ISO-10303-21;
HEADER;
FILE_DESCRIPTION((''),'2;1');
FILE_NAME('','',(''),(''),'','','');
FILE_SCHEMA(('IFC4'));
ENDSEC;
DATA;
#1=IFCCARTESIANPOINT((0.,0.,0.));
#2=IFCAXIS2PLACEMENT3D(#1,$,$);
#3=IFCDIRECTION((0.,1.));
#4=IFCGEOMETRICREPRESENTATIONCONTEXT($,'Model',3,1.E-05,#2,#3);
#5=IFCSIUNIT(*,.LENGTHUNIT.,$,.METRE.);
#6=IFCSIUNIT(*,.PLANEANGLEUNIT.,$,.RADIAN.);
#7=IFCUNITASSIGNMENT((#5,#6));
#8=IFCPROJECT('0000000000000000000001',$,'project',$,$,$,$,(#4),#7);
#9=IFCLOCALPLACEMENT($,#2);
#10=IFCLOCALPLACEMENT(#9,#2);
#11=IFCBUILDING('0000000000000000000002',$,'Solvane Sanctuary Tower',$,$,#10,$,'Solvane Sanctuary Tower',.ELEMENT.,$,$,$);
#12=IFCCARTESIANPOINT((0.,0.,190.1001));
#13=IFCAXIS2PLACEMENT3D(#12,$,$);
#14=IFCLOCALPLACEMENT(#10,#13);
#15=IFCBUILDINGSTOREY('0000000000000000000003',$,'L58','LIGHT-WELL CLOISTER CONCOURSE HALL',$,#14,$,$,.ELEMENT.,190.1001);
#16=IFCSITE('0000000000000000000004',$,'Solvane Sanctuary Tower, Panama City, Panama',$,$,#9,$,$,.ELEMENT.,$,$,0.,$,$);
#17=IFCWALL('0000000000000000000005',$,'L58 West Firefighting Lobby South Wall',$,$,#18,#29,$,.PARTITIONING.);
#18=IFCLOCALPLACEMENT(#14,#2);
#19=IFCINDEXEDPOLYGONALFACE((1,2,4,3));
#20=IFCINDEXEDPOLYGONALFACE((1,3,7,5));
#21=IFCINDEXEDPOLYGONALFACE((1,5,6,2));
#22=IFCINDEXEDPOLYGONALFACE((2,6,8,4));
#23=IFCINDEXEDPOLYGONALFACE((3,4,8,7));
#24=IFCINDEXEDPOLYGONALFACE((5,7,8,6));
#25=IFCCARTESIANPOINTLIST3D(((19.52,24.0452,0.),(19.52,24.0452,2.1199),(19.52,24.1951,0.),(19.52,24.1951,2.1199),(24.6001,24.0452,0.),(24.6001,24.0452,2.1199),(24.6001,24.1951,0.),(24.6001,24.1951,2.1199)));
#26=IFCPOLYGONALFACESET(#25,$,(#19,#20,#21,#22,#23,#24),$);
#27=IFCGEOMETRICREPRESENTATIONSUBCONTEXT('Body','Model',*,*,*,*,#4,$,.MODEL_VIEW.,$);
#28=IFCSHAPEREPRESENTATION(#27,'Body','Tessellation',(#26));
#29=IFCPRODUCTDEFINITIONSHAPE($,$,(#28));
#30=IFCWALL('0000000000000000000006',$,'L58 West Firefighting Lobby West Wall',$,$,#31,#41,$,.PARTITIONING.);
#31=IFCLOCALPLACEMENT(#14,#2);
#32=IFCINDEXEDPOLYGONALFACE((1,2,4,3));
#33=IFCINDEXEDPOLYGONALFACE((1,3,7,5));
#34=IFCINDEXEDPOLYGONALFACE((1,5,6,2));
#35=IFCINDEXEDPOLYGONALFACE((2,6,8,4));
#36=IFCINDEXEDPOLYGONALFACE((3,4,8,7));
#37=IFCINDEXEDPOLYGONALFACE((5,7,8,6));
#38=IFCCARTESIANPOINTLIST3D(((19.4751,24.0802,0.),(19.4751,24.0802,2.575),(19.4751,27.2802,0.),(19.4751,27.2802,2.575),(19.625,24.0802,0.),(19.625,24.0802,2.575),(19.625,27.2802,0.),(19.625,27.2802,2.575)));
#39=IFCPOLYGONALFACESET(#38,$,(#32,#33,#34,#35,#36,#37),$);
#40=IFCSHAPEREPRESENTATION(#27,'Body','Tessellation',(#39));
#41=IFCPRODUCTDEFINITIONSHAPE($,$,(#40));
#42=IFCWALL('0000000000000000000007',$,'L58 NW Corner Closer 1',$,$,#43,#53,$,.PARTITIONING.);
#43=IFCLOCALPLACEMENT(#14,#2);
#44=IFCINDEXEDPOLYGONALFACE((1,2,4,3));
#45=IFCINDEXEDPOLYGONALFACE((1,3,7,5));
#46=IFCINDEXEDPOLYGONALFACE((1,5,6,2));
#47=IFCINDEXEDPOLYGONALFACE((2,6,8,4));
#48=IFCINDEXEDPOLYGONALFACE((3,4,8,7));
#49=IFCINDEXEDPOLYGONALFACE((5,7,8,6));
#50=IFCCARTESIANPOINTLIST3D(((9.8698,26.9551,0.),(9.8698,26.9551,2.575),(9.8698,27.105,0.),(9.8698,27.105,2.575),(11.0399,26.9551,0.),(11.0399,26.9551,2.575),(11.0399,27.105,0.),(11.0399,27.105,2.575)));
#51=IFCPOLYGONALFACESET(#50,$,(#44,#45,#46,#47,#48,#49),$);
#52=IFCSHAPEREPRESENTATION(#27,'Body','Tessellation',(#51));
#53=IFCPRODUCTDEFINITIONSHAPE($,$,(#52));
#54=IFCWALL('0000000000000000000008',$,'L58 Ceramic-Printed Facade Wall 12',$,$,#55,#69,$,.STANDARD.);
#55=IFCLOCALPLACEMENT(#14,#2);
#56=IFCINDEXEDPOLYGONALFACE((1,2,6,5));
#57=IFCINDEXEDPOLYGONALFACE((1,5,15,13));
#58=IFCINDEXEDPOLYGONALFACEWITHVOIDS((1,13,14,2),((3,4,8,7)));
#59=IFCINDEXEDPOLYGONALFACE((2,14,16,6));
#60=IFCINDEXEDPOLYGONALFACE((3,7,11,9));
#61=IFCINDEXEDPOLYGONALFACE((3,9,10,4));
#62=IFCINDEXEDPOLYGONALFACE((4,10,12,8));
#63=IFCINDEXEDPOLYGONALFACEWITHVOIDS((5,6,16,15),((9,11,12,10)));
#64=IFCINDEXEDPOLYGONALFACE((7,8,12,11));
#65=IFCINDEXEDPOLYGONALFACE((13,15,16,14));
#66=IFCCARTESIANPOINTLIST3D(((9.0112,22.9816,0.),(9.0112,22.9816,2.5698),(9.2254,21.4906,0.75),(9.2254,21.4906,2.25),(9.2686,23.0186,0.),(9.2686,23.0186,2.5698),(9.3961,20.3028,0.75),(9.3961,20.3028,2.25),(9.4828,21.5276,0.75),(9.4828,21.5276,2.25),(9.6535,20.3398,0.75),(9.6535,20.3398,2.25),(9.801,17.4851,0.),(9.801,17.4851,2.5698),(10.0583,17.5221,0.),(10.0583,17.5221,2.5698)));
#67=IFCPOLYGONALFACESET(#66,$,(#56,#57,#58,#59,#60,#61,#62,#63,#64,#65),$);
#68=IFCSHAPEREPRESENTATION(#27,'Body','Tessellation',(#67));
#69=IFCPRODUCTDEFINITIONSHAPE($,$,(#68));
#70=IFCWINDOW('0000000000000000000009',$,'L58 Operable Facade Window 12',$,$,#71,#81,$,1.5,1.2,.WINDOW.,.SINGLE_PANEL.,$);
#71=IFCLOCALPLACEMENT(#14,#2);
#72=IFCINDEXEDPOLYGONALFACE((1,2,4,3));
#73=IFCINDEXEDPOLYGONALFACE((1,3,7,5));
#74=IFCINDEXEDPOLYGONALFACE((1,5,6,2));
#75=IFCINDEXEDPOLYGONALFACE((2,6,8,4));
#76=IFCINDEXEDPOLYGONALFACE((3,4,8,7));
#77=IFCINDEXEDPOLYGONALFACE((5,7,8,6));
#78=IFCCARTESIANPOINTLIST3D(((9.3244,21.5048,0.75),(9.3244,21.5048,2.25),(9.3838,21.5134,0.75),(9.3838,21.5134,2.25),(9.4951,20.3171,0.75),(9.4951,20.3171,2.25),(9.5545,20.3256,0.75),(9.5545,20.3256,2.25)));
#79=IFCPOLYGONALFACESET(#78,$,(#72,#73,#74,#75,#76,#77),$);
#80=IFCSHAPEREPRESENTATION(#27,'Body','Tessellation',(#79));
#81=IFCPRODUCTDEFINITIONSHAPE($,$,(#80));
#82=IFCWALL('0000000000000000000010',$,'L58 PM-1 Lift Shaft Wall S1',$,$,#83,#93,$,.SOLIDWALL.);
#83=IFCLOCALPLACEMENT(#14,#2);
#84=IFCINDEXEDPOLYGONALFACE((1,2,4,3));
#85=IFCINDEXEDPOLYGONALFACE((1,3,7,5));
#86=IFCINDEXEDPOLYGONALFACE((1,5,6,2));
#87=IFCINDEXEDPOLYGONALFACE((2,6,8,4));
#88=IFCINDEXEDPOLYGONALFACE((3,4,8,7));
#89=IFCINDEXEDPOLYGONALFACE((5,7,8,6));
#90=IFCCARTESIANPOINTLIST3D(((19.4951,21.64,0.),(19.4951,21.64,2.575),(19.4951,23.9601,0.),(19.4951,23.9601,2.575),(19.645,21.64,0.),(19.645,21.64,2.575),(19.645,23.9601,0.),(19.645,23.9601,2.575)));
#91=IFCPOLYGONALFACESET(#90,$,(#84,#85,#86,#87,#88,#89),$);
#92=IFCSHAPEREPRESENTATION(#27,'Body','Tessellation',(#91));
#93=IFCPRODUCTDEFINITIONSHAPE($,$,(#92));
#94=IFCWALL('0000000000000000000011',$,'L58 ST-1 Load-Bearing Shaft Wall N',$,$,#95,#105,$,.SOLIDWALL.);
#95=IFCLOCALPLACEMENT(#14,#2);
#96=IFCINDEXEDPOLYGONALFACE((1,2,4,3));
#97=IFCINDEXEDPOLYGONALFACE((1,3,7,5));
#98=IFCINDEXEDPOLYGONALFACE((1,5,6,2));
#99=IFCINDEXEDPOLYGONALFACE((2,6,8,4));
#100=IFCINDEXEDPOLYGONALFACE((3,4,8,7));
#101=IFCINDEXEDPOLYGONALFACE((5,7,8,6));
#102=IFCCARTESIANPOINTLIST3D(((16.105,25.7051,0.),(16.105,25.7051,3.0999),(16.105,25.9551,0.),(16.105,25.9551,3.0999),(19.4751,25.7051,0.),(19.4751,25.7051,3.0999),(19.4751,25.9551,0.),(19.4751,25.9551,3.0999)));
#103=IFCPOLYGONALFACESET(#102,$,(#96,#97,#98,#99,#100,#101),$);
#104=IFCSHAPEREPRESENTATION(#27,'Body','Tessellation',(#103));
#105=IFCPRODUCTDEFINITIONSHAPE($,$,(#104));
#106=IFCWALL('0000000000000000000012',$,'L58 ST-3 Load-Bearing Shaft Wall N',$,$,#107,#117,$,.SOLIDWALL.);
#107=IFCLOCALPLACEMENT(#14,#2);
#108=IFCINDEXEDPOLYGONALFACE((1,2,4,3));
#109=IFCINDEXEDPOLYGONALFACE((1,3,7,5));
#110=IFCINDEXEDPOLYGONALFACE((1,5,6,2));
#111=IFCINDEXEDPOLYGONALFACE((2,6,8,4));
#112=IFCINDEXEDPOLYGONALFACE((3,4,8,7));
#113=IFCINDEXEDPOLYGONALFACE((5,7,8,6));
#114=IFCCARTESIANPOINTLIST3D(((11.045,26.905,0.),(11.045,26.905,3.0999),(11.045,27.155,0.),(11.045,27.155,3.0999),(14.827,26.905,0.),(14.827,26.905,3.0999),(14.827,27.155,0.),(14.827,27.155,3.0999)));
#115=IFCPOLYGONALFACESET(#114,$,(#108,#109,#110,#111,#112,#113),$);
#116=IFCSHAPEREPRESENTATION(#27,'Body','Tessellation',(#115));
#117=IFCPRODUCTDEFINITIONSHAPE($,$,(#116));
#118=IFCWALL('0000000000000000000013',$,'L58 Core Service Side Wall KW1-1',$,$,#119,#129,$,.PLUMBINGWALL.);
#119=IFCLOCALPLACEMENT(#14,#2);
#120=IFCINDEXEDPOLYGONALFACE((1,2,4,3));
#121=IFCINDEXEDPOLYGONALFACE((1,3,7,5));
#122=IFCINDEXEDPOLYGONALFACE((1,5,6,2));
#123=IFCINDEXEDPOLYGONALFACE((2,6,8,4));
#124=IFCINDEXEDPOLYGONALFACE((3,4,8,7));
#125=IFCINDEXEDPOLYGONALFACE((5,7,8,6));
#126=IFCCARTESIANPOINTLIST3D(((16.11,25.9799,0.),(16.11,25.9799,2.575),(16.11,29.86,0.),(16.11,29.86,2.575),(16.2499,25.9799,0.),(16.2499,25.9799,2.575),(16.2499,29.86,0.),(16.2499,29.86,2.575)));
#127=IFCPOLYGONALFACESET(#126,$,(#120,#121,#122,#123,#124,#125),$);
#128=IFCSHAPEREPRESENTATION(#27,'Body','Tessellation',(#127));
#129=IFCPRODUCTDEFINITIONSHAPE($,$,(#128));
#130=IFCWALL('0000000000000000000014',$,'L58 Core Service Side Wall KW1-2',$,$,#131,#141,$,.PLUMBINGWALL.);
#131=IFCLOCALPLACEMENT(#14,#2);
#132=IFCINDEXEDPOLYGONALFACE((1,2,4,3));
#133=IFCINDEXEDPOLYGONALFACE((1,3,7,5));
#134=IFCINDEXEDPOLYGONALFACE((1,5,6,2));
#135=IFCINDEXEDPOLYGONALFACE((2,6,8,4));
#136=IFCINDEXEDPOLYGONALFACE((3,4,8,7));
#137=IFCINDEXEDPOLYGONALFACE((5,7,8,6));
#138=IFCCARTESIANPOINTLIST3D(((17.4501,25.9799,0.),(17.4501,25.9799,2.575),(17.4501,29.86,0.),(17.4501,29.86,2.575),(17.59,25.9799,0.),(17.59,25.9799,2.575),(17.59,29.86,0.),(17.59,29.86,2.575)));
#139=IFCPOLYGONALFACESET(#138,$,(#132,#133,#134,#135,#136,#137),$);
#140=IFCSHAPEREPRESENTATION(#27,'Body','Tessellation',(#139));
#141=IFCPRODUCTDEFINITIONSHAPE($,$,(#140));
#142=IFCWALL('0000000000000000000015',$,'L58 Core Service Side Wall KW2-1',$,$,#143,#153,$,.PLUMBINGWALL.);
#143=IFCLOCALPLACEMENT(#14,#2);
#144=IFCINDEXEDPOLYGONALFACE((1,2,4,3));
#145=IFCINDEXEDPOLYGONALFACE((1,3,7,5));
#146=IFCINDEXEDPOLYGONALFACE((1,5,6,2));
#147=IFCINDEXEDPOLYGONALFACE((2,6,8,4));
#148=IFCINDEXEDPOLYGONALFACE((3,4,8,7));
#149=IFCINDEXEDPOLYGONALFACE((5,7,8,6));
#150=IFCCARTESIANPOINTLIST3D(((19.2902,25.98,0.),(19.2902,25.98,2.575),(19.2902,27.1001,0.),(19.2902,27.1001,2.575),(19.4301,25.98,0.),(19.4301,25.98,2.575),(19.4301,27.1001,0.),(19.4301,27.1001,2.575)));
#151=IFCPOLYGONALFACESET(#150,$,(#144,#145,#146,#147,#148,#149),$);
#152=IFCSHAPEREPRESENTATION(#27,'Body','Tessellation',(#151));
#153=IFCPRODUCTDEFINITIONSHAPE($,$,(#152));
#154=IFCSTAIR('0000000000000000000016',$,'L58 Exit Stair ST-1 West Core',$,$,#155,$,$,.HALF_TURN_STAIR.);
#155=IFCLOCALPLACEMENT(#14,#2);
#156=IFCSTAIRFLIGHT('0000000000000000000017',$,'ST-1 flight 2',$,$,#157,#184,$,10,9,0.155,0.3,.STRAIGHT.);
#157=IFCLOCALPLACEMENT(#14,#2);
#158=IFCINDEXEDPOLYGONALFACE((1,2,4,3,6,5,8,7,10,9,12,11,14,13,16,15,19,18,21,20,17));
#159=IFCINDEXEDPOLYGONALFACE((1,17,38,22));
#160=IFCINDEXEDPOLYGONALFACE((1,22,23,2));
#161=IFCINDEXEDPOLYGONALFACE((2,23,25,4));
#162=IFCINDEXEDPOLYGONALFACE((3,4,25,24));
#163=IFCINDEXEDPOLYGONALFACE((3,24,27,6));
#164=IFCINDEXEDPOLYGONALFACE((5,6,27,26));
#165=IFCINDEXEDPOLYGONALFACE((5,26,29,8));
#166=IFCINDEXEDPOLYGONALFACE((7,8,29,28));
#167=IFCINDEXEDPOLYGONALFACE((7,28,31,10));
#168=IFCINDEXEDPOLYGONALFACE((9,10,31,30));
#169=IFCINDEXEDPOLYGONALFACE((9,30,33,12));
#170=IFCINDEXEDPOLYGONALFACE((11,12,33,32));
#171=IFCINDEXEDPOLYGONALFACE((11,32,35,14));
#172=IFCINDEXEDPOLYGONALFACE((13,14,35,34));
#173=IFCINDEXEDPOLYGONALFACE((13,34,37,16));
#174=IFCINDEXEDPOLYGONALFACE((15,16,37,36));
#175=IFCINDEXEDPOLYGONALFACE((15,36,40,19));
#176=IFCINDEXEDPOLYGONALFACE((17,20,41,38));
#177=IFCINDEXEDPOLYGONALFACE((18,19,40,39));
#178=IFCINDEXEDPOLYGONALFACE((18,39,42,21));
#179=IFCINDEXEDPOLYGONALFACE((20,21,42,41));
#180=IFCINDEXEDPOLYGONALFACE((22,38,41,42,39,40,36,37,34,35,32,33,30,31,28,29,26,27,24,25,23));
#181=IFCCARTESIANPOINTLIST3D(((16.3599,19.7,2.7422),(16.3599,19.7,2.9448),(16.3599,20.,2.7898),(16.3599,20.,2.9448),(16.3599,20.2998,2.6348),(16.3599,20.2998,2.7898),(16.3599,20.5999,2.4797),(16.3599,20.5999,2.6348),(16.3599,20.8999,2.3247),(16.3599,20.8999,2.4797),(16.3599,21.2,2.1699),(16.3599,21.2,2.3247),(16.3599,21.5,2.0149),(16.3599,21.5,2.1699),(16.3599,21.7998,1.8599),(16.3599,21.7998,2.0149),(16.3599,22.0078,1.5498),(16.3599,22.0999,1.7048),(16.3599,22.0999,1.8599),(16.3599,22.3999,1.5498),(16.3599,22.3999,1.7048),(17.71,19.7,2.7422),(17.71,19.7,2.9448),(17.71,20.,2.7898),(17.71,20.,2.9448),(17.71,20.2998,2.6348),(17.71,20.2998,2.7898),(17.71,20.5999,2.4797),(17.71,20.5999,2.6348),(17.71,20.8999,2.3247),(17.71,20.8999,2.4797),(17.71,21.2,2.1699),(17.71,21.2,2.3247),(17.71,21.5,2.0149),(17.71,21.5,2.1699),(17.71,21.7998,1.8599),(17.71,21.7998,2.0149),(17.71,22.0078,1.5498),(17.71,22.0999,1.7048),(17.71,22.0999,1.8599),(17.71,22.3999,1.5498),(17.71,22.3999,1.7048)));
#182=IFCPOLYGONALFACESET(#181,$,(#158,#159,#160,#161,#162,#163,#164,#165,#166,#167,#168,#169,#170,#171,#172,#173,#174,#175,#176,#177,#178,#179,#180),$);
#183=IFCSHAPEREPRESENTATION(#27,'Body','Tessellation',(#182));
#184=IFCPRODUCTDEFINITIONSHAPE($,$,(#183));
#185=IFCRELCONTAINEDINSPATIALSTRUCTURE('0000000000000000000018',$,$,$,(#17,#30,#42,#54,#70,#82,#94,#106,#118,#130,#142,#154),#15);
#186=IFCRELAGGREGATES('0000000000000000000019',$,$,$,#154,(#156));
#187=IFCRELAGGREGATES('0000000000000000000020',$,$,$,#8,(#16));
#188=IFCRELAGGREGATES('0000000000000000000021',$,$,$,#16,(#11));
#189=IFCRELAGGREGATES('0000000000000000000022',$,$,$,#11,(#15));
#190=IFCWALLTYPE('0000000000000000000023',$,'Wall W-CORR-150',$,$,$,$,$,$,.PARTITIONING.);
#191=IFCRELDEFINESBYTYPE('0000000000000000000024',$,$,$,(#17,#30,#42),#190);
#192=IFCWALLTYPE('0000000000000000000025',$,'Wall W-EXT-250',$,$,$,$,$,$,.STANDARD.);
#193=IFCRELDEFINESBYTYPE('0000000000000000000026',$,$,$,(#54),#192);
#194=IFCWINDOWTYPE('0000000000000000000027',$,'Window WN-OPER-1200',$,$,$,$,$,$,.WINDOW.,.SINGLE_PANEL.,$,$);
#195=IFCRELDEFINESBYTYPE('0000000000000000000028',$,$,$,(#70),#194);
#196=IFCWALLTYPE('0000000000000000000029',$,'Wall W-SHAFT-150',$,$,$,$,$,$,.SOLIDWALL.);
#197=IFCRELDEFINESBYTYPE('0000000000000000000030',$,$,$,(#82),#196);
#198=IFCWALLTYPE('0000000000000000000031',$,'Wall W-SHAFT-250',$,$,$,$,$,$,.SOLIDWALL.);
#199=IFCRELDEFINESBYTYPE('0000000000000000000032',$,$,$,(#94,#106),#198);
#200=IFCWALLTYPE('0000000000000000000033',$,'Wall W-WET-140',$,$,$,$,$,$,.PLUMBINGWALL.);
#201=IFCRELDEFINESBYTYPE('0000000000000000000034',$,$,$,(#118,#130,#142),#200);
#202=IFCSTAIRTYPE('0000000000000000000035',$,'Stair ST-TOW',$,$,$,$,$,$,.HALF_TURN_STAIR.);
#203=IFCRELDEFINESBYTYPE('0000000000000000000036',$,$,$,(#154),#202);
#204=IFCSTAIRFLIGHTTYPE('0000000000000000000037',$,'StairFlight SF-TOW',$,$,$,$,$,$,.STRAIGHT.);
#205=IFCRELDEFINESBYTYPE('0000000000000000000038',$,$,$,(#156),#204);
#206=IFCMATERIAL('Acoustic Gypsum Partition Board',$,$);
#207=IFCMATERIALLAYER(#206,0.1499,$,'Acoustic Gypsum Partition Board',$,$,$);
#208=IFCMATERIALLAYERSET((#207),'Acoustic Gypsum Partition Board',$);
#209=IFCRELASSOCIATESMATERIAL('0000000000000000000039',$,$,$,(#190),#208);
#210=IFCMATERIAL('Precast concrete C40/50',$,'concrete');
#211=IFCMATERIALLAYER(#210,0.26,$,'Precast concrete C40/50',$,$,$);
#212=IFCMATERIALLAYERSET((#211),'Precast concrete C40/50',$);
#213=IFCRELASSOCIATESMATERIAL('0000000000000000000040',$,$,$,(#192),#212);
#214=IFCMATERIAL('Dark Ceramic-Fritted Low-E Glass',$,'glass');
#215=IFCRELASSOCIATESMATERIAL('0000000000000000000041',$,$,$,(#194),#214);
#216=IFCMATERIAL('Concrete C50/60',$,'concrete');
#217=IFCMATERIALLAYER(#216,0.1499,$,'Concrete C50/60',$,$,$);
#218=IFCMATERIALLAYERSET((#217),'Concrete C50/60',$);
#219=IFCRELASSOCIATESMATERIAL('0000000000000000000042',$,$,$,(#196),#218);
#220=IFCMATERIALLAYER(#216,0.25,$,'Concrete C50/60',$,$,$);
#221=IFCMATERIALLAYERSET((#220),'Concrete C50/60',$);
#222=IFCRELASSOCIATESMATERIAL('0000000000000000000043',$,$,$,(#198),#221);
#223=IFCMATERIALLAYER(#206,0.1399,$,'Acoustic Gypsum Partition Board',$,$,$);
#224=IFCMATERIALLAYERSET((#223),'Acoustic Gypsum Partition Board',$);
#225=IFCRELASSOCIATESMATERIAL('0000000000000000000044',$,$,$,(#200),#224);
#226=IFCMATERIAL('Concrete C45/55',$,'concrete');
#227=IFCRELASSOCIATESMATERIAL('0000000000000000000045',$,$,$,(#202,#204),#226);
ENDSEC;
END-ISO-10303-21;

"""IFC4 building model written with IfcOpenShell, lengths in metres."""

from ifc_helpers import new_model, si_unit, direction, frame, frame_2d, origin, place, context, subcontext, project, spatial, polyline, rectangle, outline, extrude, material, layer, layer_set, type_object, element, fill, aggregate, save


model = new_model("IFC4")

# Units and contexts
model_context = context("Model", 3, precision=1e-05, world=origin(), true_north=direction((0.0, 1.0)))
body_context = subcontext(model_context, "Body", "Model", "MODEL_VIEW")
ifc_project = project(units=[si_unit("LENGTHUNIT", "METRE"), si_unit("PLANEANGLEUNIT", "RADIAN")], contexts=[model_context])

# Site, building, storey
site_placement = place(None, origin())
site = spatial("IfcSite", under=ifc_project, at=site_placement, Name="Solvane Sanctuary Tower, Panama City, Panama", CompositionType="ELEMENT", RefElevation=0.0)
building_placement = place(site_placement, origin())
building = spatial("IfcBuilding", under=site, at=building_placement, Name="Solvane Sanctuary Tower", LongName="Solvane Sanctuary Tower", CompositionType="ELEMENT")
storey_placement = place(building_placement, frame((0.0, 0.0, 190.1001)))
storey = spatial("IfcBuildingStorey", under=building, at=storey_placement, Name="L58", Description="LIGHT-WELL CLOISTER CONCOURSE HALL", CompositionType="ELEMENT", Elevation=190.1001)

# Walls
ifc_material_1 = material(Name="Acoustic Gypsum Partition Board")
ifc_layer_1 = layer(ifc_material_1, 0.1499, Name="Acoustic Gypsum Partition Board")
ifc_layer_set_1 = layer_set([ifc_layer_1], Name="Acoustic Gypsum Partition Board")
wall_type_1 = type_object("IfcWallType", Name="Wall W-CORR-150", PredefinedType="PARTITIONING", material=ifc_layer_set_1)
wall_1_placement = place(storey_placement, frame((19.52, 24.1201, 0.0), z_axis=(0.0, 0.0, 1.0), x_axis=(1.0, 0.0, 0.0)))
element("IfcWall", 1, at=wall_1_placement, inside=storey, type_object=wall_type_1, Name="L58 West Firefighting Lobby South Wall", PredefinedType="PARTITIONING", context=body_context, shape_type="SweptSolid", body=[
    extrude(rectangle(XDim=5.0801, YDim=0.1499, at=frame_2d((2.54, 0.0))), origin(), (0.0, 0.0, 1.0), 2.1199),
])
wall_2_placement = place(storey_placement, frame((19.55, 24.0801, 0.0), z_axis=(0.0, 0.0, 1.0), x_axis=(0.0, 1.0, 0.0)))
element("IfcWall", 2, at=wall_2_placement, inside=storey, type_object=wall_type_1, Name="L58 West Firefighting Lobby West Wall", PredefinedType="PARTITIONING", context=body_context, shape_type="SweptSolid", body=[
    extrude(rectangle(XDim=3.2, YDim=0.1499, at=frame_2d((1.6001, 0.0))), origin(), (0.0, 0.0, 1.0), 2.575),
])
wall_3_placement = place(storey_placement, frame((9.8699, 27.03, 0.0), z_axis=(0.0, 0.0, 1.0), x_axis=(1.0, 0.0, 0.0)))
element("IfcWall", 3, at=wall_3_placement, inside=storey, type_object=wall_type_1, Name="L58 NW Corner Closer 1", PredefinedType="PARTITIONING", context=body_context, shape_type="SweptSolid", body=[
    extrude(rectangle(XDim=1.1702, YDim=0.1499, at=frame_2d((0.585, 0.0))), origin(), (0.0, 0.0, 1.0), 2.575),
])

# Wall, opening, window
ifc_material_2 = material(Name="Precast concrete C40/50", Category="concrete")
ifc_layer_2 = layer(ifc_material_2, 0.26, Name="Precast concrete C40/50")
ifc_layer_set_2 = layer_set([ifc_layer_2], Name="Precast concrete C40/50")
wall_type_2 = type_object("IfcWallType", Name="Wall W-EXT-250", PredefinedType="STANDARD", material=ifc_layer_set_2)
wall_4_placement = place(storey_placement, frame((9.1399, 23.0, 0.0), z_axis=(0.0, 0.0, 1.0), x_axis=(0.142228, -0.989834, 0.0)))
wall_4 = element("IfcWall", 4, at=wall_4_placement, inside=storey, type_object=wall_type_2, Name="L58 Ceramic-Printed Facade Wall 12", PredefinedType="STANDARD", context=body_context, shape_type="SweptSolid", body=[
    extrude(rectangle(XDim=5.553, YDim=0.26, at=frame_2d((2.7764, 0.0))), origin(), (0.0, 0.0, 1.0), 2.5698),
])
opening_placement = place(wall_4_placement, frame((1.5061, 0.0, 0.75)))
opening = element("IfcOpeningElement", 5, at=opening_placement, cuts=wall_4, PredefinedType="OPENING", context=body_context, shape_type="SweptSolid", body=[
    extrude(rectangle(XDim=1.2, YDim=1.5, at=frame_2d((0.6001, 0.75))), frame((0.0, 0.1399, 0.0), z_axis=(0.0, -1.0, 0.0), x_axis=(1.0, 0.0, 0.0)), (0.0, 0.0, 1.0), 0.28),
])
ifc_material_3 = material(Name="Dark Ceramic-Fritted Low-E Glass", Category="glass")
window_type = type_object("IfcWindowType", Name="Window WN-OPER-1200", PartitioningType="SINGLE_PANEL", PredefinedType="WINDOW", material=ifc_material_3)
window_placement = place(opening_placement, origin())
window = element("IfcWindow", 6, at=window_placement, inside=storey, type_object=window_type, Name="L58 Operable Facade Window 12", OverallHeight=1.5, OverallWidth=1.2, PartitioningType="SINGLE_PANEL", PredefinedType="WINDOW", context=body_context, shape_type="SweptSolid", body=[
    extrude(rectangle(XDim=1.2, YDim=1.5, at=frame_2d((0.6001, 0.75))), frame((0.0, 0.03, 0.0), z_axis=(0.0, -1.0, 0.0), x_axis=(1.0, 0.0, 0.0)), (0.0, 0.0, 1.0), 0.0601),
])
fill(opening, window)

# Walls
ifc_material_4 = material(Name="Concrete C50/60", Category="concrete")
ifc_layer_3 = layer(ifc_material_4, 0.1499, Name="Concrete C50/60")
ifc_layer_set_3 = layer_set([ifc_layer_3], Name="Concrete C50/60")
wall_type_3 = type_object("IfcWallType", Name="Wall W-SHAFT-150", PredefinedType="SOLIDWALL", material=ifc_layer_set_3)
wall_5_placement = place(storey_placement, frame((19.5701, 21.6399, 0.0), z_axis=(0.0, 0.0, 1.0), x_axis=(0.0, 1.0, 0.0)))
element("IfcWall", 7, at=wall_5_placement, inside=storey, type_object=wall_type_3, Name="L58 PM-1 Lift Shaft Wall S1", PredefinedType="SOLIDWALL", context=body_context, shape_type="SweptSolid", body=[
    extrude(rectangle(XDim=2.3201, YDim=0.1499, at=frame_2d((1.1602, 0.0))), origin(), (0.0, 0.0, 1.0), 2.575),
])
ifc_layer_4 = layer(ifc_material_4, 0.25, Name="Concrete C50/60")
ifc_layer_set_4 = layer_set([ifc_layer_4], Name="Concrete C50/60")
wall_type_4 = type_object("IfcWallType", Name="Wall W-SHAFT-250", PredefinedType="SOLIDWALL", material=ifc_layer_set_4)
wall_6_placement = place(storey_placement, frame((16.105, 25.8301, 0.0), z_axis=(0.0, 0.0, 1.0), x_axis=(1.0, 0.0, 0.0)))
element("IfcWall", 8, at=wall_6_placement, inside=storey, type_object=wall_type_4, Name="L58 ST-1 Load-Bearing Shaft Wall N", PredefinedType="SOLIDWALL", context=body_context, shape_type="SweptSolid", body=[
    extrude(rectangle(XDim=3.3701, YDim=0.25, at=frame_2d((1.6851, 0.0))), origin(), (0.0, 0.0, 1.0), 3.0999),
])
wall_7_placement = place(storey_placement, frame((11.0449, 27.03, 0.0), z_axis=(0.0, 0.0, 1.0), x_axis=(1.0, 0.0, 0.0)))
element("IfcWall", 9, at=wall_7_placement, inside=storey, type_object=wall_type_4, Name="L58 ST-3 Load-Bearing Shaft Wall N", PredefinedType="SOLIDWALL", context=body_context, shape_type="SweptSolid", body=[
    extrude(rectangle(XDim=3.782, YDim=0.25, at=frame_2d((1.8911, 0.0))), origin(), (0.0, 0.0, 1.0), 3.0999),
])
ifc_layer_5 = layer(ifc_material_1, 0.1399, Name="Acoustic Gypsum Partition Board")
ifc_layer_set_5 = layer_set([ifc_layer_5], Name="Acoustic Gypsum Partition Board")
wall_type_5 = type_object("IfcWallType", Name="Wall W-WET-140", PredefinedType="PLUMBINGWALL", material=ifc_layer_set_5)
for number, where, z_axis, x_axis, name in (
    (10, (16.1799, 25.98, 0.0), (0.0, 0.0, 1.0), (0.0, 1.0, 0.0), "L58 Core Service Side Wall KW1-1"),
    (11, (17.52, 25.98, 0.0), (0.0, 0.0, 1.0), (0.0, 1.0, 0.0), "L58 Core Service Side Wall KW1-2"),
):
    element("IfcWall", number, at=place(storey_placement, frame(where, z_axis=z_axis, x_axis=x_axis)), inside=storey, type_object=wall_type_5, Name=name, PredefinedType="PLUMBINGWALL", context=body_context, shape_type="SweptSolid", body=[
        extrude(rectangle(XDim=3.8801, YDim=0.1399, at=frame_2d((1.9399, 0.0))), origin(), (0.0, 0.0, 1.0), 2.575),
    ])
wall_8_placement = place(storey_placement, frame((19.3601, 25.98, 0.0), z_axis=(0.0, 0.0, 1.0), x_axis=(0.0, 1.0, 0.0)))
element("IfcWall", 12, at=wall_8_placement, inside=storey, type_object=wall_type_5, Name="L58 Core Service Side Wall KW2-1", PredefinedType="PLUMBINGWALL", context=body_context, shape_type="SweptSolid", body=[
    extrude(rectangle(XDim=1.1201, YDim=0.1399, at=frame_2d((0.5601, 0.0))), origin(), (0.0, 0.0, 1.0), 2.575),
])

# Stair, stair flight
ifc_material_5 = material(Name="Concrete C45/55", Category="concrete")
stair_type = type_object("IfcStairType", Name="Stair ST-TOW", PredefinedType="HALF_TURN_STAIR", material=ifc_material_5)
stair_1_placement = place(storey_placement, origin())
stair_1 = element("IfcStair", 13, at=stair_1_placement, inside=storey, type_object=stair_type, Name="L58 Exit Stair ST-1 West Core", PredefinedType="HALF_TURN_STAIR")
stair_flight_type = type_object("IfcStairFlightType", Name="StairFlight SF-TOW", PredefinedType="STRAIGHT", material=ifc_material_5)
stair_flight_1_placement = place(storey_placement, frame((17.0349, 22.3999, 1.5498), z_axis=(0.0, 0.0, 1.0), x_axis=(0.0, -1.0, 0.0)))
stair_flight_1 = element("IfcStairFlight", 14, at=stair_flight_1_placement, type_object=stair_flight_type, Name="ST-1 flight 2", NumberOfRisers=10, NumberOfTreads=9, PredefinedType="STRAIGHT", RiserHeight=0.155, TreadLength=0.3, context=body_context, shape_type="SweptSolid", body=[
    extrude(outline(polyline([(0.0, 0.0), (0.0, 0.155), (0.3, 0.155), (0.3, 0.3101), (0.6001, 0.3101), (0.6001, 0.4651), (0.8999, 0.4651), (0.8999, 0.6201), (1.2, 0.6201), (1.2, 0.7749), (1.5, 0.7749), (1.5, 0.9299), (1.8, 0.9299), (1.8, 1.085), (2.1001, 1.085), (2.1001, 1.24), (2.3999, 1.24), (2.3999, 1.395), (2.7, 1.395), (2.7, 1.55), (2.7, 1.1924), (0.3921, 0.0), (0.0, 0.0)])), frame((0.0, 0.675, 0.0), z_axis=(0.0, -1.0, 0.0), x_axis=(1.0, 0.0, 0.0)), (0.0, 0.0, 1.0), 1.3501),
])
aggregate(stair_1, [stair_flight_1])

save(model, "model.ifc")
